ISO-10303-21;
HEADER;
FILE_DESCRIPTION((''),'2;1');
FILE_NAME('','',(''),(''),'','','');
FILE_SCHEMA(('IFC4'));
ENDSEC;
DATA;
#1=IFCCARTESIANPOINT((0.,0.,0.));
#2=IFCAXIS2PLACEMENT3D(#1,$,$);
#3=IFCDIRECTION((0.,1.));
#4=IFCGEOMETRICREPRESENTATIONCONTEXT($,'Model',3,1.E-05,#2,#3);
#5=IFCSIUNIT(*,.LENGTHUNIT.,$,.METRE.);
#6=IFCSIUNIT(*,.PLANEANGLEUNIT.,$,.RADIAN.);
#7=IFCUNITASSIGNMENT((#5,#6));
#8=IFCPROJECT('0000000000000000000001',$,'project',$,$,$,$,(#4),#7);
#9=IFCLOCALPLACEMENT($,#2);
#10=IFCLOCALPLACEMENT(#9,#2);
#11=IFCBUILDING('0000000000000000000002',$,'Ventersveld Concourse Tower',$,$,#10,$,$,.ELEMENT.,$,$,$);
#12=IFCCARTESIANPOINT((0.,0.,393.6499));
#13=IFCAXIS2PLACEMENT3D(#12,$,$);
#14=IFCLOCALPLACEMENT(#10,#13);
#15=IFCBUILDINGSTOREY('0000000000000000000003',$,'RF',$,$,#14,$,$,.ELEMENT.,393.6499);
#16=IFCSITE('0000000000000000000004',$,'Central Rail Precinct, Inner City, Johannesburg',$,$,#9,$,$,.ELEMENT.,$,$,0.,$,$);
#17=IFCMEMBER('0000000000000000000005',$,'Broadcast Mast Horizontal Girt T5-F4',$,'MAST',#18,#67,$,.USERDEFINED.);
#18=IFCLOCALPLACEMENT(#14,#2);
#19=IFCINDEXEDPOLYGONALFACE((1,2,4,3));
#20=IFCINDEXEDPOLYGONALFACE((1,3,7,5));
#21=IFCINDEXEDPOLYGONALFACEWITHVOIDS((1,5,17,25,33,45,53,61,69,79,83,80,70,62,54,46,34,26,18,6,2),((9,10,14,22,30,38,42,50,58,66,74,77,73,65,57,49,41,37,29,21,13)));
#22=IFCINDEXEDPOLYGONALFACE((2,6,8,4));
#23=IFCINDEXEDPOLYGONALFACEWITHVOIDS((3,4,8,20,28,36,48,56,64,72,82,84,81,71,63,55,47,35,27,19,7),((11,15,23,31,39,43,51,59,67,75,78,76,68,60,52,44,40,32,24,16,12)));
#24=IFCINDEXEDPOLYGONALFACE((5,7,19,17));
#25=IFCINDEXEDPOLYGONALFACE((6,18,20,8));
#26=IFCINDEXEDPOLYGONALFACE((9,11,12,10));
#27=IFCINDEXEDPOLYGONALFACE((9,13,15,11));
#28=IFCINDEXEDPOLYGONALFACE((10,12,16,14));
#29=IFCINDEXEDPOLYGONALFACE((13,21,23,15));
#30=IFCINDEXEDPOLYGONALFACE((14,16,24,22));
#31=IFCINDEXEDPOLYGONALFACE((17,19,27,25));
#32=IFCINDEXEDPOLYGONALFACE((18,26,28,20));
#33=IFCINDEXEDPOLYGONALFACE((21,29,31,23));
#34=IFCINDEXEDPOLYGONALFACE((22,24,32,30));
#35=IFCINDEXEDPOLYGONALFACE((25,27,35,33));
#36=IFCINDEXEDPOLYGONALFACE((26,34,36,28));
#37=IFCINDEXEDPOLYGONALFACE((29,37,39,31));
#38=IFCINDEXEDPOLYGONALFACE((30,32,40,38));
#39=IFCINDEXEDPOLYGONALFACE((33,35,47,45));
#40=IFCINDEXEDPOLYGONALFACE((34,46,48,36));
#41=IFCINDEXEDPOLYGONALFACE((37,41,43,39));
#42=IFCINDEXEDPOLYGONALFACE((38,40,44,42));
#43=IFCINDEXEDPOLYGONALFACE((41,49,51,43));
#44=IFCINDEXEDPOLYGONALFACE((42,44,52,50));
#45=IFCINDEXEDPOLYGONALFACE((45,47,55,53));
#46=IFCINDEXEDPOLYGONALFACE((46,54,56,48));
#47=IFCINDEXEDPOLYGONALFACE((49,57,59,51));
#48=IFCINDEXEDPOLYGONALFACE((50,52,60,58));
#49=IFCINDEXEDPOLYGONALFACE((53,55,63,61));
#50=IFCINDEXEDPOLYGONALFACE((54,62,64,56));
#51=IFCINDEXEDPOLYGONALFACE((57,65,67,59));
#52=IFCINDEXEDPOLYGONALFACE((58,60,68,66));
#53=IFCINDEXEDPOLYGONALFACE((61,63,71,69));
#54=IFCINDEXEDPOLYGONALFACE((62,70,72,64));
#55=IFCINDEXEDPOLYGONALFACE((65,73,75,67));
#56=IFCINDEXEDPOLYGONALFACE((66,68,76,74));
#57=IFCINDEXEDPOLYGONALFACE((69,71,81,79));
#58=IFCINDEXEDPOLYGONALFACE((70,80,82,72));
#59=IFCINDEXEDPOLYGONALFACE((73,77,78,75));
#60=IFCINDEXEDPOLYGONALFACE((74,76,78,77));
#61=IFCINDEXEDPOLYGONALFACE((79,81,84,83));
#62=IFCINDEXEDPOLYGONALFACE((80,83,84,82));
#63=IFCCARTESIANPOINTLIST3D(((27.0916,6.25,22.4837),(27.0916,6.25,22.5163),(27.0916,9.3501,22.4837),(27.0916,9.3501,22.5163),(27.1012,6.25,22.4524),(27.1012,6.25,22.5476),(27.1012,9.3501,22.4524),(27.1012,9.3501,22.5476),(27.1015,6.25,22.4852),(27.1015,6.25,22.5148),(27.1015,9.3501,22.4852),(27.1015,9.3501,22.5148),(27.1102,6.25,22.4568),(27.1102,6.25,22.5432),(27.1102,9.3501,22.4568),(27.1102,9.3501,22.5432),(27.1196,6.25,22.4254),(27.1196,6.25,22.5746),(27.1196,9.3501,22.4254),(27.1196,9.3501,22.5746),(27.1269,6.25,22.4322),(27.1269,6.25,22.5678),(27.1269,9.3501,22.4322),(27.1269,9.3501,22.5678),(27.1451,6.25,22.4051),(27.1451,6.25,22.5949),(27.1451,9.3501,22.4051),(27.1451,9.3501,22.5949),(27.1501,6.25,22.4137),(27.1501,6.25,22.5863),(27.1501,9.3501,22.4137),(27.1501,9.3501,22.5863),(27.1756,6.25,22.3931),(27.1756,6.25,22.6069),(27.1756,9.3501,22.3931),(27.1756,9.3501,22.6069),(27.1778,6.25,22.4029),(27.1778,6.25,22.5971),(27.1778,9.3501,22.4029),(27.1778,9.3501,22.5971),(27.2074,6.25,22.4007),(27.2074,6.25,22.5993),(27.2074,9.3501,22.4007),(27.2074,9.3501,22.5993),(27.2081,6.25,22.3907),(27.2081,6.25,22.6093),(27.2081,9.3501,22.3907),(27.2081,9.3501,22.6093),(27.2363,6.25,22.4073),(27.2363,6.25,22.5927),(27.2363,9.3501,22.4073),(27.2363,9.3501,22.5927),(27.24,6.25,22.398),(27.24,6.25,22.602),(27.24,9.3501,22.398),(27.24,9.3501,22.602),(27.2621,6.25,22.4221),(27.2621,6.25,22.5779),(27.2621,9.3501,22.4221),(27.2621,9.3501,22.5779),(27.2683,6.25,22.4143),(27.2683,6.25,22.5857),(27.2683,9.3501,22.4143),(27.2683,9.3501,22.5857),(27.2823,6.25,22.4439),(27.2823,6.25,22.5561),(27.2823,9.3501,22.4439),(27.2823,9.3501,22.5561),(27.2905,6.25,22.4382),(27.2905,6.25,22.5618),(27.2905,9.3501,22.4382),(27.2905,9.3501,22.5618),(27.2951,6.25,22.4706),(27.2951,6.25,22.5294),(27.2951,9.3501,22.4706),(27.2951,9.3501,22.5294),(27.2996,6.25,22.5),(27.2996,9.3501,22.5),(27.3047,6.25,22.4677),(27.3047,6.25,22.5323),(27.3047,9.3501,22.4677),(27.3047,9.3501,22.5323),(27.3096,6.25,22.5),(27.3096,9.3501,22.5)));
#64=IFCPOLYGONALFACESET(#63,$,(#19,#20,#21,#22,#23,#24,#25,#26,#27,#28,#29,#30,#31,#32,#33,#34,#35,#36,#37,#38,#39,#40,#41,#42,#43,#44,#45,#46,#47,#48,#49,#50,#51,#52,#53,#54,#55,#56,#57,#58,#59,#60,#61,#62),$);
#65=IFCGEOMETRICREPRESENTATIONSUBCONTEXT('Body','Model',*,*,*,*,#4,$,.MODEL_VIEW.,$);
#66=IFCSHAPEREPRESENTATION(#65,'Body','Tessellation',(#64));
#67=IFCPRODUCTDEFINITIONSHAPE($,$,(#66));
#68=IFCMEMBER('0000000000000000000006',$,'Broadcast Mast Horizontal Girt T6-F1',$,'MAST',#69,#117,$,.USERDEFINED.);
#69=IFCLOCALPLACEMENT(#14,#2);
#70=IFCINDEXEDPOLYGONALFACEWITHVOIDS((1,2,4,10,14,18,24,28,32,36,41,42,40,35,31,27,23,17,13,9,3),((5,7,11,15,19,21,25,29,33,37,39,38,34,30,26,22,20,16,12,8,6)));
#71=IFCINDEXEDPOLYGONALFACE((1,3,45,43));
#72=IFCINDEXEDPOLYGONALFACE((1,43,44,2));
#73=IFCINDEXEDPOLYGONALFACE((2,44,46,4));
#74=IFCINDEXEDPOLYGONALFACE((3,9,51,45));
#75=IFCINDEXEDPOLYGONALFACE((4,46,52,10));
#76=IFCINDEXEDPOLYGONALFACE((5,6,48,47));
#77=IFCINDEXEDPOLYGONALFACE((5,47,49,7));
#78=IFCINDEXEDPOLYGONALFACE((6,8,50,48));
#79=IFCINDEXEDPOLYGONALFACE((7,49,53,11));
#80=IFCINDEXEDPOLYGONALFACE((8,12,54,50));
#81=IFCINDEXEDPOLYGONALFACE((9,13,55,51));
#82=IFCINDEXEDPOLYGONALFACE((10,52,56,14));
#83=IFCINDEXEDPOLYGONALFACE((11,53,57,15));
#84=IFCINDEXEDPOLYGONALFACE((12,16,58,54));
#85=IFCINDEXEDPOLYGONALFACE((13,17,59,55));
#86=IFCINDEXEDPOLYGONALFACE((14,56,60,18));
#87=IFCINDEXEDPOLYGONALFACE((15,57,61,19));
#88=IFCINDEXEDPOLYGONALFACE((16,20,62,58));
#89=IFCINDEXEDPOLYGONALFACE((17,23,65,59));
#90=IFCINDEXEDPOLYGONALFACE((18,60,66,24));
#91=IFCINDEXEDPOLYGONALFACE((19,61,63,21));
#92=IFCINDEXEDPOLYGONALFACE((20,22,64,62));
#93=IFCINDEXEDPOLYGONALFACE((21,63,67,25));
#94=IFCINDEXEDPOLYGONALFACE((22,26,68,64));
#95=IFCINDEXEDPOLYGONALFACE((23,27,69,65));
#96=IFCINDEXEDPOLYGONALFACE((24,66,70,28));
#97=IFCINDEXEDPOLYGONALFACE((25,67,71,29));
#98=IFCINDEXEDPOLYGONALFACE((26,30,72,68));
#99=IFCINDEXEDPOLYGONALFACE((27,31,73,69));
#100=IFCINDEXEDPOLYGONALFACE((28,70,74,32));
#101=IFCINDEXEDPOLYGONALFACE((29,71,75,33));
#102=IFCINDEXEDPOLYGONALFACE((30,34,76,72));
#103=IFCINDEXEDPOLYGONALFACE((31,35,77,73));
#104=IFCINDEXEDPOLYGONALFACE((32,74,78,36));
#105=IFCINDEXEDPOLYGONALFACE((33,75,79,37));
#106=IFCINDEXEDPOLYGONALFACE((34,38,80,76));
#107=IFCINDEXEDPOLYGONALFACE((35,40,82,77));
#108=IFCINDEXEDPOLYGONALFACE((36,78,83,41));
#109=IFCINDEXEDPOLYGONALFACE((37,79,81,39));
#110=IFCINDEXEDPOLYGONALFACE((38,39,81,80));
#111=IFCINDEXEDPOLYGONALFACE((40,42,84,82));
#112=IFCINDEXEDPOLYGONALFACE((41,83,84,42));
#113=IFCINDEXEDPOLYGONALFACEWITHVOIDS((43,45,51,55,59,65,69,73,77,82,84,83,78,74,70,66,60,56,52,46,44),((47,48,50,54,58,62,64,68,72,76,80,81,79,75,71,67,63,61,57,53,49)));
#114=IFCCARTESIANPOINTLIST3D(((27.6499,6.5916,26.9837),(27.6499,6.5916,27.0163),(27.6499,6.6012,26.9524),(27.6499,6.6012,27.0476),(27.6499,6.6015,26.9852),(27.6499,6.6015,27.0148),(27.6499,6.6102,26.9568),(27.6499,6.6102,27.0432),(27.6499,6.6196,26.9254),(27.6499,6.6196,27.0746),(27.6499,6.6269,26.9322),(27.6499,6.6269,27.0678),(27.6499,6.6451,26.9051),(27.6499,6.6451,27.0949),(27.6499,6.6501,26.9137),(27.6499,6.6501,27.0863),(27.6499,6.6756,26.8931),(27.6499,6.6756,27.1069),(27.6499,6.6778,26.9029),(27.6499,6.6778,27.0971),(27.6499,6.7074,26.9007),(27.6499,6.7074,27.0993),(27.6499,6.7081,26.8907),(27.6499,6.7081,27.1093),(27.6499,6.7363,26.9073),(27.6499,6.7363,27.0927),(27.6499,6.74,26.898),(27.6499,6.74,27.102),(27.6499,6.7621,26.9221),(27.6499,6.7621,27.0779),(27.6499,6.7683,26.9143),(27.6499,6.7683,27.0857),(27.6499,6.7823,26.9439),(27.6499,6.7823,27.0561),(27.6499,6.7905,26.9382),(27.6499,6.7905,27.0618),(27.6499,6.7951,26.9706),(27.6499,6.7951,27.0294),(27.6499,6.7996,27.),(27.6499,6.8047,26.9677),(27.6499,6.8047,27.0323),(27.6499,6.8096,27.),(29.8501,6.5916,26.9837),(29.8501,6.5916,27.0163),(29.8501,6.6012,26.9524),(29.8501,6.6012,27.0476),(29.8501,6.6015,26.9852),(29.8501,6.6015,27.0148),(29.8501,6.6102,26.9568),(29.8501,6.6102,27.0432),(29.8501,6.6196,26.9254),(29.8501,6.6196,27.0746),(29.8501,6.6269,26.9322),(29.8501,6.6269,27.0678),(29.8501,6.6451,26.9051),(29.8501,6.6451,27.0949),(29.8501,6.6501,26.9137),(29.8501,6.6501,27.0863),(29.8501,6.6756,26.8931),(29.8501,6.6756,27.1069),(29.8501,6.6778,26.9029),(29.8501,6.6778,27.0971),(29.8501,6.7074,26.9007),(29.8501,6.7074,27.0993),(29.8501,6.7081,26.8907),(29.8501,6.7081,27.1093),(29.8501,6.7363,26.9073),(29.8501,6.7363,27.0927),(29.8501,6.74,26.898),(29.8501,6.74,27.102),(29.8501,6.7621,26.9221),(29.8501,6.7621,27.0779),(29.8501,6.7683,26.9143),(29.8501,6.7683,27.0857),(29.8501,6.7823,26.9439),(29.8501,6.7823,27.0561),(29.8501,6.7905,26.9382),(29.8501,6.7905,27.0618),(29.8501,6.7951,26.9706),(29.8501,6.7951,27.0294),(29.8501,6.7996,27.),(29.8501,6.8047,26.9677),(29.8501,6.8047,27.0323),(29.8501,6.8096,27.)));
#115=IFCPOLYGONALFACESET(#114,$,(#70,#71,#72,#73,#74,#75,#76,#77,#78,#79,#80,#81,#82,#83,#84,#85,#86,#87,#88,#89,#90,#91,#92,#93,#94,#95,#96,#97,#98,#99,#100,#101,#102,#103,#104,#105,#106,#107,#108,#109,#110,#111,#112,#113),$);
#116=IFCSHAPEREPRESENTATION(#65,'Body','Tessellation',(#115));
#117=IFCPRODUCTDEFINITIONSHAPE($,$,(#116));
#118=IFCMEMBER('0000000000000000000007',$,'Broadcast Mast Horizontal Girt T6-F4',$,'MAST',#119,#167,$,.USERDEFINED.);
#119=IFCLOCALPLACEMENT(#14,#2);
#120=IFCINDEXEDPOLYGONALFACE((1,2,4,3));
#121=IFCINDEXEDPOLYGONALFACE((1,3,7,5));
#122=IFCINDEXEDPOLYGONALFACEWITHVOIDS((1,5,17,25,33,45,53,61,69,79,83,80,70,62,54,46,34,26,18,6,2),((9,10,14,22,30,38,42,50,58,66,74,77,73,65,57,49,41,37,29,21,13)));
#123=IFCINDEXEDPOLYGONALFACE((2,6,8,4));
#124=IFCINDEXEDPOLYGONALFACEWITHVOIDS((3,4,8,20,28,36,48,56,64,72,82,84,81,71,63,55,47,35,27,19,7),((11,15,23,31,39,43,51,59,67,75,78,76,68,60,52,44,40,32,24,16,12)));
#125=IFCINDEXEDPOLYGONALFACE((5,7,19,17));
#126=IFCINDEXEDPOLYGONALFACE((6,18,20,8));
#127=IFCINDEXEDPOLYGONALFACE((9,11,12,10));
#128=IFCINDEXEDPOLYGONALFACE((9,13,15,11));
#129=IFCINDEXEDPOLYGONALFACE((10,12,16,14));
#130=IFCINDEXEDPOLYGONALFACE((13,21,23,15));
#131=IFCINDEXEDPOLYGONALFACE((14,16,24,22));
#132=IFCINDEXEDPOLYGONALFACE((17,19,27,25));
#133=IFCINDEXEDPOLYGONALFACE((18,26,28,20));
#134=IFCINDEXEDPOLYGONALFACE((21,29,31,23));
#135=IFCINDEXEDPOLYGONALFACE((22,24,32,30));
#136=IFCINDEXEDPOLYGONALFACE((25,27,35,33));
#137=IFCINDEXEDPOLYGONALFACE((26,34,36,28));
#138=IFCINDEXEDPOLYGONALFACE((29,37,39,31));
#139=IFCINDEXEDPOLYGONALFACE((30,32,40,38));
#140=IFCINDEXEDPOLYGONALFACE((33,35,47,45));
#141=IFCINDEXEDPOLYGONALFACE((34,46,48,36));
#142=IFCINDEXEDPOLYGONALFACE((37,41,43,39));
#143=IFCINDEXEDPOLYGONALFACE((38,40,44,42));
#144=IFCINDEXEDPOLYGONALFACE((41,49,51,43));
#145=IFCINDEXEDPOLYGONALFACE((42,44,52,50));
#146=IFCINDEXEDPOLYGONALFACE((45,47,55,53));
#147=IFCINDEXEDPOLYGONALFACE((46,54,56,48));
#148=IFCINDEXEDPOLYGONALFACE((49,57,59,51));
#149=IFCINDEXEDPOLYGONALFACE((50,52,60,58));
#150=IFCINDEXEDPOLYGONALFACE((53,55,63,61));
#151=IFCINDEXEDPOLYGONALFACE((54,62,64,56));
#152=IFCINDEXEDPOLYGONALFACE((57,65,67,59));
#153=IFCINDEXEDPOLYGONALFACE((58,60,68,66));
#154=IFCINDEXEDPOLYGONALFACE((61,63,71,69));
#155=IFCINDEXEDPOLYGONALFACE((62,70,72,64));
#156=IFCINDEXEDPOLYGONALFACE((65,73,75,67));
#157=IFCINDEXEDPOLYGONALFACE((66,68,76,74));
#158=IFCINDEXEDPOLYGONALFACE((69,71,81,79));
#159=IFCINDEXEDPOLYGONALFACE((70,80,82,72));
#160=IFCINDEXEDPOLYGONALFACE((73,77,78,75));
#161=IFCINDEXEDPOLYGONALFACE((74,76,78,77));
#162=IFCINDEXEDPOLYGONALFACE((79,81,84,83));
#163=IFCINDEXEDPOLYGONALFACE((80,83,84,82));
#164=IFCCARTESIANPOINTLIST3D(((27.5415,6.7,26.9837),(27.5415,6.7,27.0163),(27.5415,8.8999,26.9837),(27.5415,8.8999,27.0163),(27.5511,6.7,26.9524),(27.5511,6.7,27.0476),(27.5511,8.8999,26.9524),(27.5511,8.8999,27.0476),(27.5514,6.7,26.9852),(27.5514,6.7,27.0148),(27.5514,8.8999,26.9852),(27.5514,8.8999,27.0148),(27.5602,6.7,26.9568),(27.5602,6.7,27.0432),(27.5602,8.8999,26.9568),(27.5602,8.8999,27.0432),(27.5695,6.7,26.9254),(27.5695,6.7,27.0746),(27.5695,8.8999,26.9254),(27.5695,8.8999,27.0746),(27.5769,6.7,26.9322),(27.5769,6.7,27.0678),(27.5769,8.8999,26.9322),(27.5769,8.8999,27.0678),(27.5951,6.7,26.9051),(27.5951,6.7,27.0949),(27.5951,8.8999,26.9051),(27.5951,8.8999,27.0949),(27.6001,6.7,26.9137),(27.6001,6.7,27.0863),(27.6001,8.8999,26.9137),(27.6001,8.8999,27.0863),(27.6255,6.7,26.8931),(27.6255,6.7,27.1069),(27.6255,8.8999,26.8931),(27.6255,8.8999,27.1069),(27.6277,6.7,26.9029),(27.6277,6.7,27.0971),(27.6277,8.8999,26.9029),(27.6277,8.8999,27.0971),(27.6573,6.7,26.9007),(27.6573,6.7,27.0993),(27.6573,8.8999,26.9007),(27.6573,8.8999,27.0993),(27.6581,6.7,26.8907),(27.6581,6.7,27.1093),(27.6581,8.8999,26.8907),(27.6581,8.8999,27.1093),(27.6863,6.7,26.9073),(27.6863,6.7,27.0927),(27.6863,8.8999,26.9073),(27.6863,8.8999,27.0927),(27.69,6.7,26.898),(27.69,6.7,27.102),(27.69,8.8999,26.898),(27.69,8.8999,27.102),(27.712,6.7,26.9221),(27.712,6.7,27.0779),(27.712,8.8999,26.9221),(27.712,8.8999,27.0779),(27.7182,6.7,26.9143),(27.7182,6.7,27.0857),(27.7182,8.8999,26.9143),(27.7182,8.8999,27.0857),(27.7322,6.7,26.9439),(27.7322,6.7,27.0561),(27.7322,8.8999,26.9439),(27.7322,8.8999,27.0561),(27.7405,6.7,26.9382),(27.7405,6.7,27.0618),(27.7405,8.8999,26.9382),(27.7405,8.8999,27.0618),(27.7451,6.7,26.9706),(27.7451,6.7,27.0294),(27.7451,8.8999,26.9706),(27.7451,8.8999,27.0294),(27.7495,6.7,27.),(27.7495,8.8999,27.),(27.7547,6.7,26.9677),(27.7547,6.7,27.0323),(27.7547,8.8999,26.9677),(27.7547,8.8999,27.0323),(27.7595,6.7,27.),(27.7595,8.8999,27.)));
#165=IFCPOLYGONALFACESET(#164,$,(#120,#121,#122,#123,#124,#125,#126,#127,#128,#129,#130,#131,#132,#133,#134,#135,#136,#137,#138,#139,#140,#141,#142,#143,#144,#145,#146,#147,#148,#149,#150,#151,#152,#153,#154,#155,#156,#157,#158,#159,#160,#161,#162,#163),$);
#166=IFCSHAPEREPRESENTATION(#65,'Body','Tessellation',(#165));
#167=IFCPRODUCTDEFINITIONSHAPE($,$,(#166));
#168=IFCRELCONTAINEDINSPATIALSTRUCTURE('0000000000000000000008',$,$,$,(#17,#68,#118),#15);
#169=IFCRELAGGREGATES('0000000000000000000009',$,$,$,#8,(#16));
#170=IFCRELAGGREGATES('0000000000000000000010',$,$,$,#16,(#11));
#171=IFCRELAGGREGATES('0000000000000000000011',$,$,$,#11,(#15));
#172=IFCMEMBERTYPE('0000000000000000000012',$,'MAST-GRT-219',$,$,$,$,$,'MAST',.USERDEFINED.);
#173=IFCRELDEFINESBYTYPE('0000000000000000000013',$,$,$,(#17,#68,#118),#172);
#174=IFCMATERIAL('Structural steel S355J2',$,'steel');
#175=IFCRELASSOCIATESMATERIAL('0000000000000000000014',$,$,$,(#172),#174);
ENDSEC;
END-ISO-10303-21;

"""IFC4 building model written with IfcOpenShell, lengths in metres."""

from ifc_helpers import new_model, si_unit, direction, frame, origin, origin_2d, place, context, subcontext, project, spatial, hollow_circle, extrude, material, material_profile, profile_set, type_object, element, save


model = new_model("IFC4")

# Units and contexts
model_context = context("Model", 3, precision=1e-05, world=origin(), true_north=direction((0.0, 1.0)))
body_context = subcontext(model_context, "Body", "Model", "MODEL_VIEW")
ifc_project = project(units=[si_unit("LENGTHUNIT", "METRE"), si_unit("PLANEANGLEUNIT", "RADIAN")], contexts=[model_context])

# Site, building, storey
site_placement = place(None, origin())
site = spatial("IfcSite", under=ifc_project, at=site_placement, Name="Central Rail Precinct, Inner City, Johannesburg", CompositionType="ELEMENT", RefElevation=0.0)
building_placement = place(site_placement, origin())
building = spatial("IfcBuilding", under=site, at=building_placement, Name="Ventersveld Concourse Tower", CompositionType="ELEMENT")
storey_placement = place(building_placement, frame((0.0, 0.0, 393.6499)))
storey = spatial("IfcBuildingStorey", under=building, at=storey_placement, Name="RF", CompositionType="ELEMENT", Elevation=393.6499)

# Members
ifc_material = material(Name="Structural steel S355J2", Category="steel")
ifc_material_profile_1 = material_profile(ifc_material, hollow_circle(Radius=0.1096, WallThickness=0.01, at=origin_2d()), Name="CHS 219.1x10")
ifc_profile_set_1 = profile_set([ifc_material_profile_1], Name="Structural steel S355J2")
member_type_1 = type_object("IfcMemberType", Name="MAST-GRT-219", ElementType="MAST", PredefinedType="USERDEFINED", material=ifc_profile_set_1)
for number, where, z_axis, x_axis, name in (
    (1, (27.2, 9.3501, 22.5), (0.0, -1.0, 0.0), (1.0, 0.0, 0.0), "Broadcast Mast Horizontal Girt T5-F4"),
):
    element("IfcMember", number, at=place(storey_placement, frame(where, z_axis=z_axis, x_axis=x_axis)), inside=storey, type_object=member_type_1, Name=name, ObjectType="MAST", PredefinedType="USERDEFINED", context=body_context, shape_type="SweptSolid", body=[
        extrude(hollow_circle(Radius=0.1096, WallThickness=0.01, at=origin_2d()), origin(), (0.0, 0.0, 1.0), 3.1001),
    ])
member_1_placement = place(storey_placement, frame((27.6499, 6.7, 27.0), z_axis=(1.0, 0.0, 0.0), x_axis=(0.0, 1.0, 0.0)))
element("IfcMember", 2, at=member_1_placement, inside=storey, type_object=member_type_1, Name="Broadcast Mast Horizontal Girt T6-F1", ObjectType="MAST", PredefinedType="USERDEFINED", context=body_context, shape_type="SweptSolid", body=[
    extrude(hollow_circle(Radius=0.1096, WallThickness=0.01, at=origin_2d()), origin(), (0.0, 0.0, 1.0), 2.2002),
])
member_2_placement = place(storey_placement, frame((27.6499, 8.8999, 27.0), z_axis=(0.0, -1.0, 0.0), x_axis=(1.0, 0.0, 0.0)))
element("IfcMember", 3, at=member_2_placement, inside=storey, type_object=member_type_1, Name="Broadcast Mast Horizontal Girt T6-F4", ObjectType="MAST", PredefinedType="USERDEFINED", context=body_context, shape_type="SweptSolid", body=[
    extrude(hollow_circle(Radius=0.1096, WallThickness=0.01, at=origin_2d()), origin(), (0.0, 0.0, 1.0), 2.2),
])

save(model, "model.ifc")
